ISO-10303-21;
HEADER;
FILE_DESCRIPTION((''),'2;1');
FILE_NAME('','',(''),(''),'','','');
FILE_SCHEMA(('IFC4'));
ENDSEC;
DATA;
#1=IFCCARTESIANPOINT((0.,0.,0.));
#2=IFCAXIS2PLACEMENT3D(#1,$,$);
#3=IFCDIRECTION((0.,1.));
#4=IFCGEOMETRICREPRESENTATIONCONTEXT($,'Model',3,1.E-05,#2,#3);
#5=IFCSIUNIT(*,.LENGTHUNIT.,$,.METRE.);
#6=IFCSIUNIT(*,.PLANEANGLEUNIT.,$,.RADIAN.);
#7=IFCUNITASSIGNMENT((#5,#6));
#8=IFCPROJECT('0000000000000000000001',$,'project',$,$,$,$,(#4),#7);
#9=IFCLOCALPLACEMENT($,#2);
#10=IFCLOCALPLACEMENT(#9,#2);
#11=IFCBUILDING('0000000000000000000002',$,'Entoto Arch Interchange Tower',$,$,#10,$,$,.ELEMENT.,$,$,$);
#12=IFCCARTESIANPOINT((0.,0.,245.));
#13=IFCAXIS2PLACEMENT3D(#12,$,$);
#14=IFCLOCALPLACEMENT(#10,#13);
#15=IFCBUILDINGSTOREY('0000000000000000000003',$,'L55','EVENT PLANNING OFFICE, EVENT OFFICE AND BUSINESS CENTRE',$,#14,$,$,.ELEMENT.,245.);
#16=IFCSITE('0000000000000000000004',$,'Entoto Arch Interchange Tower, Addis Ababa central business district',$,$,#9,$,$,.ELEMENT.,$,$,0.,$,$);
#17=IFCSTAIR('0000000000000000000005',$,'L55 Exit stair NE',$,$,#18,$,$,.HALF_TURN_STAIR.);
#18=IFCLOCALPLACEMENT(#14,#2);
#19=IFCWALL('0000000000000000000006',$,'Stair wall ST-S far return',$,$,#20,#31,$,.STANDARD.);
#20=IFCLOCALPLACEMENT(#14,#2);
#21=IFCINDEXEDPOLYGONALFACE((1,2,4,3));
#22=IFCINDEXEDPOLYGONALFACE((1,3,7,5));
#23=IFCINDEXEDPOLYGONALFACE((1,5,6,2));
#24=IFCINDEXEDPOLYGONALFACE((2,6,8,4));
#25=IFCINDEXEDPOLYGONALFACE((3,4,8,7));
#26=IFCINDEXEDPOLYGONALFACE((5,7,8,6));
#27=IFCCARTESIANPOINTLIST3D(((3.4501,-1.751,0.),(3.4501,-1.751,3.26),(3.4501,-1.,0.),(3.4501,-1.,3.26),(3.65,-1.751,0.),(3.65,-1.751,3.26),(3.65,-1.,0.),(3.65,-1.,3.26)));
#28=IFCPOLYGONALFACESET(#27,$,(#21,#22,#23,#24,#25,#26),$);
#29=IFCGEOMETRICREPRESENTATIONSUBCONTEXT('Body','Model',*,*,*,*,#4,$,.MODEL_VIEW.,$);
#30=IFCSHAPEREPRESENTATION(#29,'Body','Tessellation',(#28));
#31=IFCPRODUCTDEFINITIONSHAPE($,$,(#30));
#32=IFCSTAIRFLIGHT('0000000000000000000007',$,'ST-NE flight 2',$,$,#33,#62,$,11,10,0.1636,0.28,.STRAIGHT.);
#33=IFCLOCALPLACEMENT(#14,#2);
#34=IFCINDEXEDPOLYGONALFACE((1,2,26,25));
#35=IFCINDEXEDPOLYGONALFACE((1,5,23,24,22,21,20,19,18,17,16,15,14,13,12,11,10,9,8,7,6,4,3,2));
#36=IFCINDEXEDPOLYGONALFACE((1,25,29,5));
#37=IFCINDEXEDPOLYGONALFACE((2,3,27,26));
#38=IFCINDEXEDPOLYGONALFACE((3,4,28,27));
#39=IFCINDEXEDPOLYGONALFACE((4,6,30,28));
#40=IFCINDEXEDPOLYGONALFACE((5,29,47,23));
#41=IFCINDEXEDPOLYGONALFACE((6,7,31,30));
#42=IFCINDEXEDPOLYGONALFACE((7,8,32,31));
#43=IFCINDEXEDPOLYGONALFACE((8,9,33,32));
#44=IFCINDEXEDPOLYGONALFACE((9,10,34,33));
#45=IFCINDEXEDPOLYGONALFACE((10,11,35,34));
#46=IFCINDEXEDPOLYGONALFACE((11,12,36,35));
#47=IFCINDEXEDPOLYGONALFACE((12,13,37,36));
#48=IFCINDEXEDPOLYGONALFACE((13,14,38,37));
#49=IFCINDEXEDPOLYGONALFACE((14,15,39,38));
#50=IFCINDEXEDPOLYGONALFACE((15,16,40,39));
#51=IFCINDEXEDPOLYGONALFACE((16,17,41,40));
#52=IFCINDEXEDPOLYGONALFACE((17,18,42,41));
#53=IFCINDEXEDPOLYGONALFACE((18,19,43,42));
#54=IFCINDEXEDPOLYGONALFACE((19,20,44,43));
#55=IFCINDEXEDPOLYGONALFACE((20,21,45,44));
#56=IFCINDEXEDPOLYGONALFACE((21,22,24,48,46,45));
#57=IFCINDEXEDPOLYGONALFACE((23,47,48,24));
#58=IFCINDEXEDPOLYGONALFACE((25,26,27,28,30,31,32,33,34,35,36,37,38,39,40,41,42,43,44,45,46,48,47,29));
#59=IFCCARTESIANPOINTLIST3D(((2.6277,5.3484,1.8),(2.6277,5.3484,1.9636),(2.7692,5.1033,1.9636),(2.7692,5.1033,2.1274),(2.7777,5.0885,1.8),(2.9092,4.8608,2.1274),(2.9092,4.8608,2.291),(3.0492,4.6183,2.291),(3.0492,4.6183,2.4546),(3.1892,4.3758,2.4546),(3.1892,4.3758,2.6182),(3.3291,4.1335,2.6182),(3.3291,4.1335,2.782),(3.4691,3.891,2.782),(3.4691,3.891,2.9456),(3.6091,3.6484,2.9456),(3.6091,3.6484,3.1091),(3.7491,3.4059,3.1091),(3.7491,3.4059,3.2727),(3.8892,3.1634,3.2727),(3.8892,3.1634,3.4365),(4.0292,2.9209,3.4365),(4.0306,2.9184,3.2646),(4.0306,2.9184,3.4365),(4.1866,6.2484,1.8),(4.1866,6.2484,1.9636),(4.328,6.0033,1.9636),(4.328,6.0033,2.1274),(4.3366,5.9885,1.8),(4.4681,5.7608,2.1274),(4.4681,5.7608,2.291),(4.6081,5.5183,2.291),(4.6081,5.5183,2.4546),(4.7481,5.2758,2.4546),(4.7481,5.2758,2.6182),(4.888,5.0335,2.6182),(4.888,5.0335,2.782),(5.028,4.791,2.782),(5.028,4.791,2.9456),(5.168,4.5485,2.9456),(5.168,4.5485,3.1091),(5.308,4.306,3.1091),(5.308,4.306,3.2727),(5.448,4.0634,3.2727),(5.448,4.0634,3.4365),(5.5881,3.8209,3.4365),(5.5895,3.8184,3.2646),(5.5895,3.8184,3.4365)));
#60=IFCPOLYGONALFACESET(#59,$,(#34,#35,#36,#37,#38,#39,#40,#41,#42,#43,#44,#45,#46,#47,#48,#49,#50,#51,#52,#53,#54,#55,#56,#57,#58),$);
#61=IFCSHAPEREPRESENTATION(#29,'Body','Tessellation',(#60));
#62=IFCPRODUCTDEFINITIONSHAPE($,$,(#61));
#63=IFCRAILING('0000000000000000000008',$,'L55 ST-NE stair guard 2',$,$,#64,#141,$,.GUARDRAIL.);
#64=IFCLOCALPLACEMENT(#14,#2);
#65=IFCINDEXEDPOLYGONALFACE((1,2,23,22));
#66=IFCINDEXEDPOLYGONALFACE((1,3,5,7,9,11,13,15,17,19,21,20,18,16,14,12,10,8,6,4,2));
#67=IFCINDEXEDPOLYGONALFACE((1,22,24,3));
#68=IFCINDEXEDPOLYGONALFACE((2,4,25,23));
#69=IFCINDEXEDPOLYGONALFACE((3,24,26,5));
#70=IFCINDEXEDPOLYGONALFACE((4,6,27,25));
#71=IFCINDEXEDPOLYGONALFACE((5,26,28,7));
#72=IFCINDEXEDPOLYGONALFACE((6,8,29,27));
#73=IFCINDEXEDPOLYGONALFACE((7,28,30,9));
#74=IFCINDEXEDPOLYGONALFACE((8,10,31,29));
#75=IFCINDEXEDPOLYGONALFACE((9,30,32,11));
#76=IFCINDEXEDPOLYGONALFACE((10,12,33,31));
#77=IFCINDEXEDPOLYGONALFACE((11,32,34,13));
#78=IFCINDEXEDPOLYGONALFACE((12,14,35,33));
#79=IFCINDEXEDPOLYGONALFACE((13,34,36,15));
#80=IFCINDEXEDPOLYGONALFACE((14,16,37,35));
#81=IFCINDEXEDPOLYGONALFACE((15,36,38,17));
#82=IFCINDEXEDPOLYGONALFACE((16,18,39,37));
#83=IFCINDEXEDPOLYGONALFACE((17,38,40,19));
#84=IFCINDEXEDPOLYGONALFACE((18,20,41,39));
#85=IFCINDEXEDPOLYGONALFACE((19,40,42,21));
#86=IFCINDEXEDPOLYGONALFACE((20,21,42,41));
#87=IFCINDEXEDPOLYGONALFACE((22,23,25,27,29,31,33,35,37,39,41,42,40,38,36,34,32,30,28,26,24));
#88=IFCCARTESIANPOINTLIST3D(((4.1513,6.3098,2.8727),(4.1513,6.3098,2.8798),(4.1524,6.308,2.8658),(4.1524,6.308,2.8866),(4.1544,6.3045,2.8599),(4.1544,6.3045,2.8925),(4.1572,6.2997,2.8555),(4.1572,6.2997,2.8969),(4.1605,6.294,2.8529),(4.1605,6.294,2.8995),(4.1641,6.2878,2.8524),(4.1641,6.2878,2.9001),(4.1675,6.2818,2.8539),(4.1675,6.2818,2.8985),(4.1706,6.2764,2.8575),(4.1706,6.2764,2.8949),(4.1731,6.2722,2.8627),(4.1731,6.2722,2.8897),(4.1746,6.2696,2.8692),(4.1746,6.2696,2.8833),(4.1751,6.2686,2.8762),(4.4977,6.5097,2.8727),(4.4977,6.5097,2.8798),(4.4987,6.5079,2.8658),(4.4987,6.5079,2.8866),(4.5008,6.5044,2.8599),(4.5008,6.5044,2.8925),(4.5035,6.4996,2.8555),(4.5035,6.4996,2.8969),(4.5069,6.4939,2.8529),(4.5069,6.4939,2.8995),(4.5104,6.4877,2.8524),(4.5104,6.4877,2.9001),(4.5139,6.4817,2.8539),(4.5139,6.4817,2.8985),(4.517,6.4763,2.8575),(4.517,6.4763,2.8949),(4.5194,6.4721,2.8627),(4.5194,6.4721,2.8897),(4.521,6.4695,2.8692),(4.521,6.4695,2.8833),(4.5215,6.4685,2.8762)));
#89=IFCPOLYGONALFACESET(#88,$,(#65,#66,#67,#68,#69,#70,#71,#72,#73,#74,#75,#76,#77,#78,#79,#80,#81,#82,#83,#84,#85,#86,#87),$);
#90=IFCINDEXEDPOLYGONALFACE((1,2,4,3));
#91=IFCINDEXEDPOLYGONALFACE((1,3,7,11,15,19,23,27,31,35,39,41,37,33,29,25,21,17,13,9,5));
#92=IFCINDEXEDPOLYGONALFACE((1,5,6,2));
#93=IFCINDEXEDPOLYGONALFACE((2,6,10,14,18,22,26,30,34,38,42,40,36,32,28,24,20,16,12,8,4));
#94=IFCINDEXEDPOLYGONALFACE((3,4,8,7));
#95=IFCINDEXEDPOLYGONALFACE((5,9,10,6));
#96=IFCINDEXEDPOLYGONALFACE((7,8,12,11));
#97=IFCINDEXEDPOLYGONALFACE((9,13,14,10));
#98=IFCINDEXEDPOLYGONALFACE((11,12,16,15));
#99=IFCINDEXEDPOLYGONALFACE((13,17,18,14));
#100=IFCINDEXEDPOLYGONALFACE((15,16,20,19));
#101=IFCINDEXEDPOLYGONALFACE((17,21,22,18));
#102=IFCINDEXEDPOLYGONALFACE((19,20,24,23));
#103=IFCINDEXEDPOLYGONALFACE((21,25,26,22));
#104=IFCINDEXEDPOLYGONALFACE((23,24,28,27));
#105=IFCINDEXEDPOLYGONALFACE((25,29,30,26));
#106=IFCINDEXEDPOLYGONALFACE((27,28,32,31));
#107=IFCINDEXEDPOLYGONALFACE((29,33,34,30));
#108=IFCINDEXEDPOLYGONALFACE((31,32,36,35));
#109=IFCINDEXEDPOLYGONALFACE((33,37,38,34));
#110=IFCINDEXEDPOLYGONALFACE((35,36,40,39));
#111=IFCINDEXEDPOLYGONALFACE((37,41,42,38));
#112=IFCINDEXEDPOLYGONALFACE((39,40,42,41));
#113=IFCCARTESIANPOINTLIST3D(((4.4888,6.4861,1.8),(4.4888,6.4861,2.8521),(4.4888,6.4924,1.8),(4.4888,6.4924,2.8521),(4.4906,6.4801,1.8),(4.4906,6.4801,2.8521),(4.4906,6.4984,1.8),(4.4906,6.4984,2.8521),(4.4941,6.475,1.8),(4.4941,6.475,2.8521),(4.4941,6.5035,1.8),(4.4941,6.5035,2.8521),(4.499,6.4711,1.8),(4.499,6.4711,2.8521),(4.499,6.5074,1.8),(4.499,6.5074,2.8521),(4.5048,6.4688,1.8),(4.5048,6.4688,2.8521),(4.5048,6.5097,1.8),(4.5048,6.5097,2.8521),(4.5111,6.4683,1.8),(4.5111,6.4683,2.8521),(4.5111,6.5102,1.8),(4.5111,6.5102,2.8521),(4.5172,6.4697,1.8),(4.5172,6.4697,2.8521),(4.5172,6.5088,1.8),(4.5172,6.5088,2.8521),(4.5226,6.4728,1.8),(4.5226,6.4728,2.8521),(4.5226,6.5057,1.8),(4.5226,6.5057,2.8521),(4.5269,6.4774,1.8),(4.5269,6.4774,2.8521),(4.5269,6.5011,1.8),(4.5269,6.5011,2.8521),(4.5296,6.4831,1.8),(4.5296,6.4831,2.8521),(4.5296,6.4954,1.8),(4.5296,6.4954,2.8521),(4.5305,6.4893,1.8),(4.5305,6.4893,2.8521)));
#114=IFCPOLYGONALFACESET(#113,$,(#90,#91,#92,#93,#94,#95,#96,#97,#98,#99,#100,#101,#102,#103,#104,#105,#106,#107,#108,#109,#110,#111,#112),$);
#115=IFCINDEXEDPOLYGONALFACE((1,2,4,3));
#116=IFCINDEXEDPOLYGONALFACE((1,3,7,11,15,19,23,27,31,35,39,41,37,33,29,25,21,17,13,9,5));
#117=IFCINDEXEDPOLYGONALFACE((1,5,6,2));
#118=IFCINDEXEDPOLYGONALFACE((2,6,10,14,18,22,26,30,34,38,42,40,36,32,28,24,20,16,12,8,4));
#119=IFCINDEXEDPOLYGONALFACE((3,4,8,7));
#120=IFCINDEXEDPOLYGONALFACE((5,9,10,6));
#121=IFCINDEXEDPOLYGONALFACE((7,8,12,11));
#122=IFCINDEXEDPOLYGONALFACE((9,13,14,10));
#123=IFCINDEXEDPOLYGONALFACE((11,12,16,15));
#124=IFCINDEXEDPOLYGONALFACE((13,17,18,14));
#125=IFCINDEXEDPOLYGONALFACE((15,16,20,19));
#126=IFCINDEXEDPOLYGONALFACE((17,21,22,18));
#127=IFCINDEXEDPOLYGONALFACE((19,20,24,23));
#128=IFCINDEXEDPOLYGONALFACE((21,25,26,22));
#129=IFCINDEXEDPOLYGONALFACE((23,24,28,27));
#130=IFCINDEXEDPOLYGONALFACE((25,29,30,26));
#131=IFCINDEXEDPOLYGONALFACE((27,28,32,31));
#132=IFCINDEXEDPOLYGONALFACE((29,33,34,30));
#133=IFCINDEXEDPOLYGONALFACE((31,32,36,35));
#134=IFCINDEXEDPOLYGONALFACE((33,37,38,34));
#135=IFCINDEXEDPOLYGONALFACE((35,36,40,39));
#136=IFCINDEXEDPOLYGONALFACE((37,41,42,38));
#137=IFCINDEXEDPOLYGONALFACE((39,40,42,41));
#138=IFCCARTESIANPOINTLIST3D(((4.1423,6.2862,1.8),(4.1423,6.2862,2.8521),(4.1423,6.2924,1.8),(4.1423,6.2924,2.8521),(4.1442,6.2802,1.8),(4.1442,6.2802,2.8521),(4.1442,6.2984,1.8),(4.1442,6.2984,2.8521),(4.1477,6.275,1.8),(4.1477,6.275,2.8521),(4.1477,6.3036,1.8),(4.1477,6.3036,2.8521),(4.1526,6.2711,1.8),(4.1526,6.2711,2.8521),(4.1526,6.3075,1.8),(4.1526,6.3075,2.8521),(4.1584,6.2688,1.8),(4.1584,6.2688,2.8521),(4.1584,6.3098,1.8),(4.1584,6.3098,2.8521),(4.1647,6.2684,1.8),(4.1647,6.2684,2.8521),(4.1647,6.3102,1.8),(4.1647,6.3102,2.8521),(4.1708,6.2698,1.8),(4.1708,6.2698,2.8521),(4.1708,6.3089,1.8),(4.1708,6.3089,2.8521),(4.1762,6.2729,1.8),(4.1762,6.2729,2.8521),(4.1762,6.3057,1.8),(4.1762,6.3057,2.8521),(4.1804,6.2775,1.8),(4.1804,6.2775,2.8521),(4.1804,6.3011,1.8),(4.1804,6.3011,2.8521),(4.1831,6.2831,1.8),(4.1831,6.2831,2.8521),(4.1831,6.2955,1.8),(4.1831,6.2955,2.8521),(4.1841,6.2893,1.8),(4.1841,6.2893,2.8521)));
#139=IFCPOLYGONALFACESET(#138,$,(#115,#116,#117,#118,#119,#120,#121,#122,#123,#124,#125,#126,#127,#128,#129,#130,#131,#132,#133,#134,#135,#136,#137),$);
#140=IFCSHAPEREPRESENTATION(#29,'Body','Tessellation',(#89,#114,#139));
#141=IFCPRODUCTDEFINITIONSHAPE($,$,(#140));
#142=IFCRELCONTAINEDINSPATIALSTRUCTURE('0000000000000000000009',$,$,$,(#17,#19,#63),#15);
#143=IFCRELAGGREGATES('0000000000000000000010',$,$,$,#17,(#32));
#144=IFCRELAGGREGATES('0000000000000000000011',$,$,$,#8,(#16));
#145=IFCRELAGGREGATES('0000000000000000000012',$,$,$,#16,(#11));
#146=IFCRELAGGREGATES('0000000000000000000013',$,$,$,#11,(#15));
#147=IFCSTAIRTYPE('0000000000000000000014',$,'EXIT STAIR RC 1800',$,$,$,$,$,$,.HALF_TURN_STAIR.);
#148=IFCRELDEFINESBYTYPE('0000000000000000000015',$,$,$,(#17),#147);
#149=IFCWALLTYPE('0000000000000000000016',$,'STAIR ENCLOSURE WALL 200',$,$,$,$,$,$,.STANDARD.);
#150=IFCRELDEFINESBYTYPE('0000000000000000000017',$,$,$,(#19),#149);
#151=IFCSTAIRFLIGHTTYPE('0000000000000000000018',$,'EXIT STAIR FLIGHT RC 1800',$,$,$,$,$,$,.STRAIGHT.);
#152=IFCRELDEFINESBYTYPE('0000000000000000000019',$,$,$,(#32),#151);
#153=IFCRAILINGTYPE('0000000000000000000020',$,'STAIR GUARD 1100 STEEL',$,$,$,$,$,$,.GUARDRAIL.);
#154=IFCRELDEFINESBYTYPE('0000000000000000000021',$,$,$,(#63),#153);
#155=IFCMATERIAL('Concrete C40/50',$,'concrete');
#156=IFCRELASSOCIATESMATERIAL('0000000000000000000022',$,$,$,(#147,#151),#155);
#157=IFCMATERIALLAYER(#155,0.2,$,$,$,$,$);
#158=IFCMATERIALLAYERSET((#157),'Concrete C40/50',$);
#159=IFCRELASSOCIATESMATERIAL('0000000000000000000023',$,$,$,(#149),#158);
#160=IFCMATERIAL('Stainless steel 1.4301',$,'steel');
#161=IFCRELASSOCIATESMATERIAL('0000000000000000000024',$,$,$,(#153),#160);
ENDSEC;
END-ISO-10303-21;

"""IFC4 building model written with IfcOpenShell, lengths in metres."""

from ifc_helpers import new_model, si_unit, direction, frame, frame_2d, origin, origin_2d, place, context, subcontext, project, spatial, polyline, rectangle, circle, outline, extrude, material, layer, layer_set, type_object, element, aggregate, save


model = new_model("IFC4")

# Units and contexts
model_context = context("Model", 3, precision=1e-05, world=origin(), true_north=direction((0.0, 1.0)))
body_context = subcontext(model_context, "Body", "Model", "MODEL_VIEW")
ifc_project = project(units=[si_unit("LENGTHUNIT", "METRE"), si_unit("PLANEANGLEUNIT", "RADIAN")], contexts=[model_context])

# Site, building, storey
site_placement = place(None, origin())
site = spatial("IfcSite", under=ifc_project, at=site_placement, Name="Entoto Arch Interchange Tower, Addis Ababa central business district", CompositionType="ELEMENT", RefElevation=0.0)
building_placement = place(site_placement, origin())
building = spatial("IfcBuilding", under=site, at=building_placement, Name="Entoto Arch Interchange Tower", CompositionType="ELEMENT")
storey_placement = place(building_placement, frame((0.0, 0.0, 245.0)))
storey = spatial("IfcBuildingStorey", under=building, at=storey_placement, Name="L55", Description="EVENT PLANNING OFFICE, EVENT OFFICE AND BUSINESS CENTRE", CompositionType="ELEMENT", Elevation=245.0)

# Stair
ifc_material_1 = material(Name="Concrete C40/50", Category="concrete")
stair_type = type_object("IfcStairType", Name="EXIT STAIR RC 1800", PredefinedType="HALF_TURN_STAIR", material=ifc_material_1)
stair_1_placement = place(storey_placement, origin())
stair_1 = element("IfcStair", 1, at=stair_1_placement, inside=storey, type_object=stair_type, Name="L55 Exit stair NE", PredefinedType="HALF_TURN_STAIR")

# Wall
ifc_layer_1 = layer(ifc_material_1, 0.2)
ifc_layer_set_1 = layer_set([ifc_layer_1], Name="Concrete C40/50")
wall_type_1 = type_object("IfcWallType", Name="STAIR ENCLOSURE WALL 200", PredefinedType="STANDARD", material=ifc_layer_set_1)
wall_1_placement = place(storey_placement, frame((3.55, -1.0, 0.0), z_axis=(0.0, 0.0, 1.0), x_axis=(0.0, -1.0, 0.0)))
element("IfcWall", 2, at=wall_1_placement, inside=storey, type_object=wall_type_1, Name="Stair wall ST-S far return", PredefinedType="STANDARD", context=body_context, shape_type="SweptSolid", body=[
    extrude(rectangle(XDim=0.751, YDim=0.2, at=frame_2d((0.3755, 0.0))), origin(), (0.0, 0.0, 1.0), 3.26),
])

# Stair flight
stair_flight_type = type_object("IfcStairFlightType", Name="EXIT STAIR FLIGHT RC 1800", PredefinedType="STRAIGHT", material=ifc_material_1)
stair_flight_placement = place(storey_placement, frame((3.4087, 5.7959, 1.8), z_axis=(0.0, 0.0, 1.0), x_axis=(0.5, -0.866025, 0.0)))
stair_flight = element("IfcStairFlight", 3, at=stair_flight_placement, type_object=stair_flight_type, Name="ST-NE flight 2", NumberOfRisers=11, NumberOfTreads=10, PredefinedType="STRAIGHT", RiserHeight=0.1636, TreadLength=0.28, context=body_context, shape_type="SweptSolid", body=[
    extrude(outline(polyline([(-0.0029, 0.0), (-0.0029, 0.1636), (0.28, 0.1636), (0.28, 0.3274), (0.5601, 0.3274), (0.5601, 0.491), (0.8401, 0.491), (0.8401, 0.6545), (1.1201, 0.6545), (1.1201, 0.8181), (1.3999, 0.8181), (1.3999, 0.9819), (1.6799, 0.9819), (1.6799, 1.1455), (1.96, 1.1455), (1.96, 1.3091), (2.24, 1.3091), (2.24, 1.4727), (2.52, 1.4727), (2.52, 1.6365), (2.8, 1.6365), (2.803, 1.6365), (2.803, 1.4646), (0.2971, 0.0), (-0.0029, 0.0)])), frame((0.0, 0.8999, 0.0), z_axis=(0.0, -1.0, 0.0), x_axis=(1.0, 0.0, 0.0)), (0.0, 0.0, 1.0), 1.8),
])
aggregate(stair_1, [stair_flight])

# Railing
ifc_material_2 = material(Name="Stainless steel 1.4301", Category="steel")
railing_type_1 = type_object("IfcRailingType", Name="STAIR GUARD 1100 STEEL", PredefinedType="GUARDRAIL", material=ifc_material_2)
railing_1_placement = place(storey_placement, frame((4.5095, 6.4893, 1.8)))
element("IfcRailing", 4, at=railing_1_placement, inside=storey, type_object=railing_type_1, Name="L55 ST-NE stair guard 2", PredefinedType="GUARDRAIL", context=body_context, shape_type="SweptSolid", body=[
    extrude(circle(Radius=0.0239, at=origin_2d()), frame((0.0, 0.0, 1.0762), z_axis=(-0.866094, -0.499881, 0.0), x_axis=(0.499881, -0.866094, 0.0)), (0.0, 0.0, 1.0), 0.3999),
    extrude(circle(Radius=0.021, at=origin_2d()), origin(), (0.0, 0.0, 1.0), 1.052),
    extrude(circle(Radius=0.021, at=origin_2d()), frame((-0.3464, -0.2, 0.0)), (0.0, 0.0, 1.0), 1.052),
])

save(model, "model.ifc")
